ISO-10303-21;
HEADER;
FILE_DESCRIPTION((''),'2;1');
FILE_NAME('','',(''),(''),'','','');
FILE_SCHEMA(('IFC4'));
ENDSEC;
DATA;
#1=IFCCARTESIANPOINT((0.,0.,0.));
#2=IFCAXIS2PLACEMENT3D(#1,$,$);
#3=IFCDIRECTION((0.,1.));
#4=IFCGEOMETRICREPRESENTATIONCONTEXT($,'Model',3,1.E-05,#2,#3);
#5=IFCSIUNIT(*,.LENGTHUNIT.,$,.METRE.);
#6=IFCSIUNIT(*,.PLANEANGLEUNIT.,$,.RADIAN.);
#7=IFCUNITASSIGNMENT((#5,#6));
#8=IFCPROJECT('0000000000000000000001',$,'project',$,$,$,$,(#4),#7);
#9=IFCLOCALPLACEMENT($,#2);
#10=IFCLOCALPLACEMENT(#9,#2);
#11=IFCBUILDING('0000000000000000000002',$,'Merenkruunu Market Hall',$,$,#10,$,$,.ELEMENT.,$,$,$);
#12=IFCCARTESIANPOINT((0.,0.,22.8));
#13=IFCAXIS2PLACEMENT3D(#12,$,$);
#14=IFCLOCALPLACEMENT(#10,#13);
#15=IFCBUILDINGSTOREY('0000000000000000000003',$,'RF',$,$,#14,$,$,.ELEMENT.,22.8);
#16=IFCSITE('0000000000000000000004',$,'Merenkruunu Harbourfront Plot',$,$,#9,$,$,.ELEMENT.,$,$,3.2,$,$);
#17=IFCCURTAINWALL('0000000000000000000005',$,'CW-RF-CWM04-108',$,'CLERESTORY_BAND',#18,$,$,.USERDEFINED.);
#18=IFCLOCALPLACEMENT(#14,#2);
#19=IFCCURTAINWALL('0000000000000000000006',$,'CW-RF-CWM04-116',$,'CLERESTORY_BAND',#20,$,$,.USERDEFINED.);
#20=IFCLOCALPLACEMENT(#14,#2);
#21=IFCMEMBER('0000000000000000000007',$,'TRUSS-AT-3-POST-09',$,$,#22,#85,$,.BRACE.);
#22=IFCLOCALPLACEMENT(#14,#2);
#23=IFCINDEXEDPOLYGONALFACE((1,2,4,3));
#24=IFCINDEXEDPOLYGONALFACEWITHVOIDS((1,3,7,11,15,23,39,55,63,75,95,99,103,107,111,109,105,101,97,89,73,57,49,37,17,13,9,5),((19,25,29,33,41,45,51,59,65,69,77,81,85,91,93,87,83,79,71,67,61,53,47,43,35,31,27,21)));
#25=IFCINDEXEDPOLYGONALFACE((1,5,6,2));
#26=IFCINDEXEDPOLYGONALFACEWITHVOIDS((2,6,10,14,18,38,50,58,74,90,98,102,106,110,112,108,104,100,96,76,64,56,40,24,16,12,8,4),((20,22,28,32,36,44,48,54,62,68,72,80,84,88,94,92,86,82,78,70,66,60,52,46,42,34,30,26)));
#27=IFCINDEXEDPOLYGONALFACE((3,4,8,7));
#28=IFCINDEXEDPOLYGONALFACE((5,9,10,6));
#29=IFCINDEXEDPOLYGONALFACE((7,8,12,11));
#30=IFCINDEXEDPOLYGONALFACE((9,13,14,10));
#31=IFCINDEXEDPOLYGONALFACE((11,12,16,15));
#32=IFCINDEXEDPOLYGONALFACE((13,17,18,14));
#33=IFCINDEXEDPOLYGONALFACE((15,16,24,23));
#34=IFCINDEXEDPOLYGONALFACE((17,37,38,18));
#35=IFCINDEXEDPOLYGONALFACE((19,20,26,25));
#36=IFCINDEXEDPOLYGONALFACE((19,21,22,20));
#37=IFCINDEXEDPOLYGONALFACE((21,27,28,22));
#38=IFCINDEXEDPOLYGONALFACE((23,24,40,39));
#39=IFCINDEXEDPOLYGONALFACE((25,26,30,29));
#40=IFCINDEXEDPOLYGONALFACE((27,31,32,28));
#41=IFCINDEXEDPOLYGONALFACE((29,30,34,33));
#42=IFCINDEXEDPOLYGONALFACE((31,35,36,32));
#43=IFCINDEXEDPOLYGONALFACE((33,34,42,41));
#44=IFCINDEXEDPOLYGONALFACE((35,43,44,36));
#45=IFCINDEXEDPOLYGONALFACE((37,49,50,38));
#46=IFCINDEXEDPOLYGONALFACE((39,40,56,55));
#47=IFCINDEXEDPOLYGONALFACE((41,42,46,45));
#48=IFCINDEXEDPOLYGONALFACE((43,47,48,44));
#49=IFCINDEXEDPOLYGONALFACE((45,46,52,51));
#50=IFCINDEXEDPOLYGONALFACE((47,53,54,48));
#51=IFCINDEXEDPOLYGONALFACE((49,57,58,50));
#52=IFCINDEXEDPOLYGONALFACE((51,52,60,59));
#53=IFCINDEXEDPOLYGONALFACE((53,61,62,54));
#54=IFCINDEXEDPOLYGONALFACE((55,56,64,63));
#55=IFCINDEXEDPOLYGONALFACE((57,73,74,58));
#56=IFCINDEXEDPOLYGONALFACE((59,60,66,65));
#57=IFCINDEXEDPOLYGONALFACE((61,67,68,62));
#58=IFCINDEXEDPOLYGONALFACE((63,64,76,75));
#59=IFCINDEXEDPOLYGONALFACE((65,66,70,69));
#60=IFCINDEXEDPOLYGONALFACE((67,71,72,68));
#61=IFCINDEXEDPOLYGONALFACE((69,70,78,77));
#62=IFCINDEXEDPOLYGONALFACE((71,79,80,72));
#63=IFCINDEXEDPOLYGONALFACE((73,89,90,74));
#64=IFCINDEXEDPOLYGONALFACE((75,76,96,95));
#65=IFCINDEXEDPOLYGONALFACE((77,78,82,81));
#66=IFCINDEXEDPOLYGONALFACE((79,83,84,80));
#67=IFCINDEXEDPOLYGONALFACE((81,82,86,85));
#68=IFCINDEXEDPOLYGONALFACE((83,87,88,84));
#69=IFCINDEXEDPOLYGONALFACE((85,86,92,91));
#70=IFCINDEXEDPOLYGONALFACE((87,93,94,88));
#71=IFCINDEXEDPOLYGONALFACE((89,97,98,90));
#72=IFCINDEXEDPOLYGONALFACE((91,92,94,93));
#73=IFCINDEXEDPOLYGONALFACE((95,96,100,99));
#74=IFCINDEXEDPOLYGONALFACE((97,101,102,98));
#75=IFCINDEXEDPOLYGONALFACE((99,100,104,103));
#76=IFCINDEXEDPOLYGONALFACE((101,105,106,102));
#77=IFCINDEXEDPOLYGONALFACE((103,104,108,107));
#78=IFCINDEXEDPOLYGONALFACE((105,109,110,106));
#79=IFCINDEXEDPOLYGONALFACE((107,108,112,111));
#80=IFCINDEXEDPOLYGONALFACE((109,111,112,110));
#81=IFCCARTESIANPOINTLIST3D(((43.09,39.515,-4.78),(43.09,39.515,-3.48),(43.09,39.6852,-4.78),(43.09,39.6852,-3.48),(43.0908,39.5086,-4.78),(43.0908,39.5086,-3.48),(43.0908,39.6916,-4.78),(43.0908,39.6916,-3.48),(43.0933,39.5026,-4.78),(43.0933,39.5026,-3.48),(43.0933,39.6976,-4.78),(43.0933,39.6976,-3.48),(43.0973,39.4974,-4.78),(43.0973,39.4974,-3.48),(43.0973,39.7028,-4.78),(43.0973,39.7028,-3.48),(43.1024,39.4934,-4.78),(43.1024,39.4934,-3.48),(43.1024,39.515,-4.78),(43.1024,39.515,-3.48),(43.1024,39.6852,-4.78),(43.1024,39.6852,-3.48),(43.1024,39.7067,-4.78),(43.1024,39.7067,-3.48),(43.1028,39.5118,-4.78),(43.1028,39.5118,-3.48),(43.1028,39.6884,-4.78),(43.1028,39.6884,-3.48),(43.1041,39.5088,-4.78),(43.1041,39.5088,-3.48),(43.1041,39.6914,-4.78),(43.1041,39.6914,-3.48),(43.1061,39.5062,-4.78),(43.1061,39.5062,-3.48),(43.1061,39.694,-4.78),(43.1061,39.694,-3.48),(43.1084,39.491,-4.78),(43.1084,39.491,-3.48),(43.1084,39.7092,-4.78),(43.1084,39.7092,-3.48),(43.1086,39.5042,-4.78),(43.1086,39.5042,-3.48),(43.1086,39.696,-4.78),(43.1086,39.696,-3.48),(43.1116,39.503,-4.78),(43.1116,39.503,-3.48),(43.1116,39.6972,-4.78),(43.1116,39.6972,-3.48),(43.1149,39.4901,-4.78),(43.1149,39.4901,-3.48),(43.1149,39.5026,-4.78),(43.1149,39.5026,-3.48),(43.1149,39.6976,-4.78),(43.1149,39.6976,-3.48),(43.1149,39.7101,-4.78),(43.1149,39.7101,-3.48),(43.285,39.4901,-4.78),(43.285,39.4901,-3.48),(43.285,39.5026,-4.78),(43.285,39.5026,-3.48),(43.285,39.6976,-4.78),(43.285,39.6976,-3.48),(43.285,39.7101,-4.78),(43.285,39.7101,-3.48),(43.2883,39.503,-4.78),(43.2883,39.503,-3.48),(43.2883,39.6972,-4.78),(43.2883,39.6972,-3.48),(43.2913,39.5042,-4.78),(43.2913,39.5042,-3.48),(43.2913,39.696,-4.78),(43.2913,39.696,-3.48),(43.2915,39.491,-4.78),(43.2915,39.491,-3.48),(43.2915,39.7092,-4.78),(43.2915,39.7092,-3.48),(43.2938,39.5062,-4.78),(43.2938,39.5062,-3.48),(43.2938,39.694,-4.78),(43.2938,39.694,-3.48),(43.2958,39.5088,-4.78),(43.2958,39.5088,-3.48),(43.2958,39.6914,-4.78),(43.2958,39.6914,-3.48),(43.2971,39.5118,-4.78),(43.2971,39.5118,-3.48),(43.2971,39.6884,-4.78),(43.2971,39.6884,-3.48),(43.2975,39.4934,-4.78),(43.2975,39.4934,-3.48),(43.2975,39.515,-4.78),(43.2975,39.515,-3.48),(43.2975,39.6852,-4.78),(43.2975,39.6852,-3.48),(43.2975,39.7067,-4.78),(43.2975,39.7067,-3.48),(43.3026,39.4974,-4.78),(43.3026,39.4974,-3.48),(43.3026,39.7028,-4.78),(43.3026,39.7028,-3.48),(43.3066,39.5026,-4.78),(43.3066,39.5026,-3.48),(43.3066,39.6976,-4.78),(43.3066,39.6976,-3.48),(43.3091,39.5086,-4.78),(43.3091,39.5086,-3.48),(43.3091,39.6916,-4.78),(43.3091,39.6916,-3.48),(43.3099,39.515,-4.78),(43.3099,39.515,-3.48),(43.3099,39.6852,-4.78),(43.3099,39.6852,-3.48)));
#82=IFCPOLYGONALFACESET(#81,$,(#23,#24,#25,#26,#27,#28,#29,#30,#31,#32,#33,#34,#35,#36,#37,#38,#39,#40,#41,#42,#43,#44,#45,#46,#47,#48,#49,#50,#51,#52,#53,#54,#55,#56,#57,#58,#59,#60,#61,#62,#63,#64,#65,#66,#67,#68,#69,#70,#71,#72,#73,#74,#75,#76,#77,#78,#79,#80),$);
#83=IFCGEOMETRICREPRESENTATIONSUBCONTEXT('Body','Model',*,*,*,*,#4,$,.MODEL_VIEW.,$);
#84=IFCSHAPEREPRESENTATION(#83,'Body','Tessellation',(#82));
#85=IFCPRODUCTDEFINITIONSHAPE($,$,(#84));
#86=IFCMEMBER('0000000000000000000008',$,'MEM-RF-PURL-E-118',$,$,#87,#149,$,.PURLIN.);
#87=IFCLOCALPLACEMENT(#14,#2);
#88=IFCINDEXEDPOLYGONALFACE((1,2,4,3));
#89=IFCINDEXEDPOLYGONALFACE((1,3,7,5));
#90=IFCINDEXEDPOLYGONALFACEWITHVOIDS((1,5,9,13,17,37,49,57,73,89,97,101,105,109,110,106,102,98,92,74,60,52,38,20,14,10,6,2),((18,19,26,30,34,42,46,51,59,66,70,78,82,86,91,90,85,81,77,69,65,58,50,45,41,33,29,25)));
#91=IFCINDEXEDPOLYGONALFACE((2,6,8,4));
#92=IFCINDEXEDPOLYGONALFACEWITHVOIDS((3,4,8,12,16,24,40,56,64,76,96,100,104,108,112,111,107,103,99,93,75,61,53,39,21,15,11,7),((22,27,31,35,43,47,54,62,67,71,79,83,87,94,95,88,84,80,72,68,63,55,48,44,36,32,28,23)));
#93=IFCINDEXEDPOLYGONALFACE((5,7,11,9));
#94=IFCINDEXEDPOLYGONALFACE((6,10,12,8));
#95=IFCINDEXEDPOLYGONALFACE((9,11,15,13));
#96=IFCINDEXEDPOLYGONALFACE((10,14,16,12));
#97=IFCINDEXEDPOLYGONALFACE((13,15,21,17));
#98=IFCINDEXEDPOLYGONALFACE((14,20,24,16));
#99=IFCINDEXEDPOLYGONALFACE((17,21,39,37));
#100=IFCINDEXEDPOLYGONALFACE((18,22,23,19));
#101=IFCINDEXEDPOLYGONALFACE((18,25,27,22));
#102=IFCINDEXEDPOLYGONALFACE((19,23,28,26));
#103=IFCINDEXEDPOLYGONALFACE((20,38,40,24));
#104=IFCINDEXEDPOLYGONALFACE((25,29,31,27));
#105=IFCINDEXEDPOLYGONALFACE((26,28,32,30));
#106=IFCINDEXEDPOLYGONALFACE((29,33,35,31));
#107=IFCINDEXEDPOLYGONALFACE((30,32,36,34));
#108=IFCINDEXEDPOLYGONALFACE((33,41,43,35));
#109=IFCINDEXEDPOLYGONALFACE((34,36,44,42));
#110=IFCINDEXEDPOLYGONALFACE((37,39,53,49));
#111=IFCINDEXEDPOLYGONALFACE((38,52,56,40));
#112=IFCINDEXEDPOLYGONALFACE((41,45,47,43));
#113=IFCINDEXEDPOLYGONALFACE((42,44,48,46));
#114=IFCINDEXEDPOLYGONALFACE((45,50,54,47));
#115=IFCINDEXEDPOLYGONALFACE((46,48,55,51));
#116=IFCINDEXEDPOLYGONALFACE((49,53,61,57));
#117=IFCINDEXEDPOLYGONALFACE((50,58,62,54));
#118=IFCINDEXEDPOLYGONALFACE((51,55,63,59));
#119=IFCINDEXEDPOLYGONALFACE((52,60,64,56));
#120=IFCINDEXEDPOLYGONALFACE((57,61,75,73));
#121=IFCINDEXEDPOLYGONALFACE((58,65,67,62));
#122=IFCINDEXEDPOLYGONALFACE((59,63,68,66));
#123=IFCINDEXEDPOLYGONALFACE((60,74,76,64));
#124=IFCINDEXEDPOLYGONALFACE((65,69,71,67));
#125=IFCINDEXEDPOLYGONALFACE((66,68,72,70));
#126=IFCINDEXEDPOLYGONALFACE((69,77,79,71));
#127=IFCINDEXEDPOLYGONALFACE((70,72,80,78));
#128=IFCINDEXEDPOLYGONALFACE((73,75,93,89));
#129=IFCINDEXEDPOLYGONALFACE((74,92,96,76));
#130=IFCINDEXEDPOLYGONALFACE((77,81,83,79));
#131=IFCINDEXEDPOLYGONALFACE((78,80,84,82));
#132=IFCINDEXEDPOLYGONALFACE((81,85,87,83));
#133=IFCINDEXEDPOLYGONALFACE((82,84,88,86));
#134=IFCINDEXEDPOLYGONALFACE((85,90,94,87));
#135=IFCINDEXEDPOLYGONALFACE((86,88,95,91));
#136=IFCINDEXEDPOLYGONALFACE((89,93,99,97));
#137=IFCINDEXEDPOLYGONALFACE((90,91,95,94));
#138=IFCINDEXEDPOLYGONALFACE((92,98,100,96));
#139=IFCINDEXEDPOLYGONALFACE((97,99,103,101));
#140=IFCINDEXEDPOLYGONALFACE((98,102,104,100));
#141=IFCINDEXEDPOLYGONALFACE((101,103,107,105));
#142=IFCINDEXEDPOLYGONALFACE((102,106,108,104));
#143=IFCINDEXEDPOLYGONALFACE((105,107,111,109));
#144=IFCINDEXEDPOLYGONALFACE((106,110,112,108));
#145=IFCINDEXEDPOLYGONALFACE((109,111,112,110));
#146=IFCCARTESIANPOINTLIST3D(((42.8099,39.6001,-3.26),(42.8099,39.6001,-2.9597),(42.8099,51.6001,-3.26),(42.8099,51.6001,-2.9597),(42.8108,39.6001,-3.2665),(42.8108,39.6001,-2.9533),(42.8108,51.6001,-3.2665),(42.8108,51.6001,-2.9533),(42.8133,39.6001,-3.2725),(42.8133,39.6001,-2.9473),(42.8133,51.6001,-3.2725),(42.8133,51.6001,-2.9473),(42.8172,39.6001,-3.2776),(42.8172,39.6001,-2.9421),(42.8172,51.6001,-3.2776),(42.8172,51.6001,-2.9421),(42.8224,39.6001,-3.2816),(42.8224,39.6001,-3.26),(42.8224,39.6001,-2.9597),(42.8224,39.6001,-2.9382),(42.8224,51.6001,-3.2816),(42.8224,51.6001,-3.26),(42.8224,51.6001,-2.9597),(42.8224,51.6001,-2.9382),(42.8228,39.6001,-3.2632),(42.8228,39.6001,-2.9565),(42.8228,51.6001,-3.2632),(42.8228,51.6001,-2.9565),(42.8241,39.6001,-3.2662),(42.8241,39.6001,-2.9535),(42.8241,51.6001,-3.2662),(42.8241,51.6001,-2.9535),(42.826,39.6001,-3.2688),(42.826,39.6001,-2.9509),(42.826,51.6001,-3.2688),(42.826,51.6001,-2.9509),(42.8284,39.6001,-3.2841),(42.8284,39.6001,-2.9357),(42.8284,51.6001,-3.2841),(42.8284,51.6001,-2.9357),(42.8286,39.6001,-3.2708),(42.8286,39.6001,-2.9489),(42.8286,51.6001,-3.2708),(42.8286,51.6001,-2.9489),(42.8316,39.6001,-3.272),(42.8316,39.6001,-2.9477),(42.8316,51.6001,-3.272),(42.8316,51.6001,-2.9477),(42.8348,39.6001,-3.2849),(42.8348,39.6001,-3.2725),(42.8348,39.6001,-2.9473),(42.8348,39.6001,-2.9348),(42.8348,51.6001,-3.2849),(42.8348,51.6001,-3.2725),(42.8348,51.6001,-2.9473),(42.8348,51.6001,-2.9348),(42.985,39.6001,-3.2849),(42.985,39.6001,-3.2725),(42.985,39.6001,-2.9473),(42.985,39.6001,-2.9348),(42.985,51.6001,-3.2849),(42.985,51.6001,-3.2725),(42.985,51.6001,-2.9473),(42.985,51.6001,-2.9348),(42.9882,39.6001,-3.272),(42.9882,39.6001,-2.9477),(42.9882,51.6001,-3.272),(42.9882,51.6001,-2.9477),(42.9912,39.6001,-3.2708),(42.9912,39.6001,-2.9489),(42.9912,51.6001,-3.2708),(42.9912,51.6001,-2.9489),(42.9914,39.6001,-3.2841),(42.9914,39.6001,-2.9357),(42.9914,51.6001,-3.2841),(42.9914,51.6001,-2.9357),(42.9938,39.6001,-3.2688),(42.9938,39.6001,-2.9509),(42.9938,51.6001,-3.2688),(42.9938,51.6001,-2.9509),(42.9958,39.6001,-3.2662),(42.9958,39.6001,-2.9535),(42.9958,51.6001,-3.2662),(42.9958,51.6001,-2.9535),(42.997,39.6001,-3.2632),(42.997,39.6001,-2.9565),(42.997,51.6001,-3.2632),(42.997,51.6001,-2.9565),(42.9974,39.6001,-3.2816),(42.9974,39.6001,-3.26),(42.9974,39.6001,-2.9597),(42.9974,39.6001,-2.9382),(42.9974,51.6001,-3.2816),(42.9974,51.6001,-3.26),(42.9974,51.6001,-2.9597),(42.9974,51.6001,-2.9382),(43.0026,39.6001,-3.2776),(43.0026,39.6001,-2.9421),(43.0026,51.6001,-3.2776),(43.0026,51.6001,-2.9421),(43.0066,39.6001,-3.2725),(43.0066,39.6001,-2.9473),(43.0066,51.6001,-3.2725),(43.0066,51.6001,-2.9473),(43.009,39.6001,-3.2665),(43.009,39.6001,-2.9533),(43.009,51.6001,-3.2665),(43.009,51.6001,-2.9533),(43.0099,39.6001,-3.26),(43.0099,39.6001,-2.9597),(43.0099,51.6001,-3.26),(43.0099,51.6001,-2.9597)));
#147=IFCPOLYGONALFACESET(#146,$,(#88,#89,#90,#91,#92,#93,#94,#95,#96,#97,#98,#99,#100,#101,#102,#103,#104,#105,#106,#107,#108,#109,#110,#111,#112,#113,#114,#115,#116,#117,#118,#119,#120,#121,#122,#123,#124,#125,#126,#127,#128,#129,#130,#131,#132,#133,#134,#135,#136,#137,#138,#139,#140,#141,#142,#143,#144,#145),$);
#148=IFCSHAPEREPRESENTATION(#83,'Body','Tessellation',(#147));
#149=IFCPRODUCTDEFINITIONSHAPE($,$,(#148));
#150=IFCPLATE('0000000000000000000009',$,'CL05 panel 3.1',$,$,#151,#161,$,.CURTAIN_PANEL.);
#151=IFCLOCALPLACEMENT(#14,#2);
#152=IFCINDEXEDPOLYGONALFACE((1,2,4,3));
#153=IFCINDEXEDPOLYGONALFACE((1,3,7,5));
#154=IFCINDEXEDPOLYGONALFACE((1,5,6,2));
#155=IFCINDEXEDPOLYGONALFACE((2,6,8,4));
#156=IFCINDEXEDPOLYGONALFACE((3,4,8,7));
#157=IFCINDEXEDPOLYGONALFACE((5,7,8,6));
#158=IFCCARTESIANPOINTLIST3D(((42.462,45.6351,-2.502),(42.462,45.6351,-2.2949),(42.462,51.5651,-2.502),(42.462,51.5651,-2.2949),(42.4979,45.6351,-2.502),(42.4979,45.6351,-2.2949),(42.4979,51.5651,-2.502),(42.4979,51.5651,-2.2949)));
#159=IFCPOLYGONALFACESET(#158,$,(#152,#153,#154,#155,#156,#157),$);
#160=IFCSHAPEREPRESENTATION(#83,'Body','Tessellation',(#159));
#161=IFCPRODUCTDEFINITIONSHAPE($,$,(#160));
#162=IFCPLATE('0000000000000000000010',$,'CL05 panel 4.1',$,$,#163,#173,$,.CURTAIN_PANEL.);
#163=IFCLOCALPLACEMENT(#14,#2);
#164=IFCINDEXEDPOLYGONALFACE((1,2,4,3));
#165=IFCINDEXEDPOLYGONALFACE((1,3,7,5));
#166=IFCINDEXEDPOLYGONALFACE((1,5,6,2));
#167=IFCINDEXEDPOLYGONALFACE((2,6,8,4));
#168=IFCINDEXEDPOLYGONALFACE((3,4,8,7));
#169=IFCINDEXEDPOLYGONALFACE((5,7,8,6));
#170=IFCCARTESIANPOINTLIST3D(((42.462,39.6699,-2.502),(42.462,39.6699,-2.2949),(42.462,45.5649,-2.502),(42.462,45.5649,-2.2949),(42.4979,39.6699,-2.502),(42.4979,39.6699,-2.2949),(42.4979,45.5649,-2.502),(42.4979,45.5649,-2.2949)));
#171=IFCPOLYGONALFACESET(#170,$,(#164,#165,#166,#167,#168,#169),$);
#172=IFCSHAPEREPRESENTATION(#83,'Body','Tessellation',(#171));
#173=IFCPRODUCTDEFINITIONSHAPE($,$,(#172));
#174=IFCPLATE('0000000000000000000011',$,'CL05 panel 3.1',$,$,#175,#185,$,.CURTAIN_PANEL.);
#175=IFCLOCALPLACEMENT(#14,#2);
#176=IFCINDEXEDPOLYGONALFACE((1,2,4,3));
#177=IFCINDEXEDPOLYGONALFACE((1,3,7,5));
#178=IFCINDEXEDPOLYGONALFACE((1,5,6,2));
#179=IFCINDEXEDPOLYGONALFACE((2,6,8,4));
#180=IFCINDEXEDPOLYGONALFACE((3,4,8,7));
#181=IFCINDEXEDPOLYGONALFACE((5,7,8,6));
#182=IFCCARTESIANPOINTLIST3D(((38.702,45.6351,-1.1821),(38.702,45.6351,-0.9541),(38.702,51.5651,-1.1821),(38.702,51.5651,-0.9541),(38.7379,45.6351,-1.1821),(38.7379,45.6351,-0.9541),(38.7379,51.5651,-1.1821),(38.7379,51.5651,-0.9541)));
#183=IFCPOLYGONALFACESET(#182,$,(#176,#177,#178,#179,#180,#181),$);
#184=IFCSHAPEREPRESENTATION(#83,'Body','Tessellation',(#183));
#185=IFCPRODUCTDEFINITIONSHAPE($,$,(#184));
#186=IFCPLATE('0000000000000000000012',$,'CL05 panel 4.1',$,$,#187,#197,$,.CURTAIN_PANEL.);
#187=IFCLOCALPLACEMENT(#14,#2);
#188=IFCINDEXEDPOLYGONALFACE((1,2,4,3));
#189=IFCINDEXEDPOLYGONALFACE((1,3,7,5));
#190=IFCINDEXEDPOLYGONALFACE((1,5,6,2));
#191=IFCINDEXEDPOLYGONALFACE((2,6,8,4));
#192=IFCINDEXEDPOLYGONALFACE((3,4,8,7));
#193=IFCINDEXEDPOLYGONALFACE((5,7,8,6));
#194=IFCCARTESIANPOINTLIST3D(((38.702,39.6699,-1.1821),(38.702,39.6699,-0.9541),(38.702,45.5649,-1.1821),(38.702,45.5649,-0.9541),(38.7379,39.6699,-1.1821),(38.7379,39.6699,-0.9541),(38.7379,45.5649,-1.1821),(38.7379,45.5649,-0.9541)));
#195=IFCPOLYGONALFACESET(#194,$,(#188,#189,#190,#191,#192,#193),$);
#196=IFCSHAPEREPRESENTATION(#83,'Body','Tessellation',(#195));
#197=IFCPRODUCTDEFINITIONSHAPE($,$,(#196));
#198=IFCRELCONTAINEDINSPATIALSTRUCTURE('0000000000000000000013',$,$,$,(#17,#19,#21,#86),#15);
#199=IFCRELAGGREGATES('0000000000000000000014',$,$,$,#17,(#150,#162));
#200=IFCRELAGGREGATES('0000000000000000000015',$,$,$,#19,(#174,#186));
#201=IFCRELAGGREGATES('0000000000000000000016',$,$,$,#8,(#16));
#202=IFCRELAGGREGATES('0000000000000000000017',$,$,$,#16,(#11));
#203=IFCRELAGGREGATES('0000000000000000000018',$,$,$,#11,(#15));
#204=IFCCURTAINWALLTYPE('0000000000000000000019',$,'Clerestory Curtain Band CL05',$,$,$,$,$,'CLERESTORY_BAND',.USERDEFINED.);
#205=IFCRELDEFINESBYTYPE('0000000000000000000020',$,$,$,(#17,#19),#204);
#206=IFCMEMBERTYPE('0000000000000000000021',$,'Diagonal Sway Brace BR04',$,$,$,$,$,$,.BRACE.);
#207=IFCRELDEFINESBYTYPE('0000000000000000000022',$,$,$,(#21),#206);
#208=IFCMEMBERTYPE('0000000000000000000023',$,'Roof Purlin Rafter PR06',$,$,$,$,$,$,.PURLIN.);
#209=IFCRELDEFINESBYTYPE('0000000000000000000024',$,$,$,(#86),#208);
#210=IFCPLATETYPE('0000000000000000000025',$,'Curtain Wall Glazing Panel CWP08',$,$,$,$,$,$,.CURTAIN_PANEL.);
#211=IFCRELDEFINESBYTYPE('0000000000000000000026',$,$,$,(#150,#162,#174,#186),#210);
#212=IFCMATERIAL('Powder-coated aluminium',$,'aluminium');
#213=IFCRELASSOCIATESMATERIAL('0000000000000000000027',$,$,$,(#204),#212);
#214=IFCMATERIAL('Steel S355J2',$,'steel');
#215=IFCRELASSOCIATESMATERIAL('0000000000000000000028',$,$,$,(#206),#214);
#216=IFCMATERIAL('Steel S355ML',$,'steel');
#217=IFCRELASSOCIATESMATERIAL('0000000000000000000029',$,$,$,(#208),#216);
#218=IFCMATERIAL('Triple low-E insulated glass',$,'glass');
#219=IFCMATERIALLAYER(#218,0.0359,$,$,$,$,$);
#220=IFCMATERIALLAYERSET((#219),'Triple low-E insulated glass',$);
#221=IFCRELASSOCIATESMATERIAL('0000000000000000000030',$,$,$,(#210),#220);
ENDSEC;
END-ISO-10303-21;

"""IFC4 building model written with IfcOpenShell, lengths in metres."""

from ifc_helpers import new_model, si_unit, direction, frame, origin, origin_2d, place, context, subcontext, project, spatial, rectangle, hollow_rectangle, extrude, material, layer, layer_set, material_profile, profile_set, type_object, element, aggregate, save


model = new_model("IFC4")

# Units and contexts
model_context = context("Model", 3, precision=1e-05, world=origin(), true_north=direction((0.0, 1.0)))
body_context = subcontext(model_context, "Body", "Model", "MODEL_VIEW")
ifc_project = project(units=[si_unit("LENGTHUNIT", "METRE"), si_unit("PLANEANGLEUNIT", "RADIAN")], contexts=[model_context])

# Site, building, storey
site_placement = place(None, origin())
site = spatial("IfcSite", under=ifc_project, at=site_placement, Name="Merenkruunu Harbourfront Plot", CompositionType="ELEMENT", RefElevation=3.2)
building_placement = place(site_placement, origin())
building = spatial("IfcBuilding", under=site, at=building_placement, Name="Merenkruunu Market Hall", CompositionType="ELEMENT")
storey_placement = place(building_placement, frame((0.0, 0.0, 22.8)))
storey = spatial("IfcBuildingStorey", under=building, at=storey_placement, Name="RF", CompositionType="ELEMENT", Elevation=22.8)

# Shared definitions
ifc_material_1 = material(Name="Steel S355ML", Category="steel")

# Curtain walls
ifc_material_2 = material(Name="Powder-coated aluminium", Category="aluminium")
curtain_wall_type = type_object("IfcCurtainWallType", Name="Clerestory Curtain Band CL05", ElementType="CLERESTORY_BAND", PredefinedType="USERDEFINED", material=ifc_material_2)
curtain_wall_1_placement = place(storey_placement, origin())
curtain_wall_1 = element("IfcCurtainWall", 1, at=curtain_wall_1_placement, inside=storey, type_object=curtain_wall_type, Name="CW-RF-CWM04-108", ObjectType="CLERESTORY_BAND", PredefinedType="USERDEFINED")
curtain_wall_2_placement = place(storey_placement, origin())
curtain_wall_2 = element("IfcCurtainWall", 2, at=curtain_wall_2_placement, inside=storey, type_object=curtain_wall_type, Name="CW-RF-CWM04-116", ObjectType="CLERESTORY_BAND", PredefinedType="USERDEFINED")

# Members
ifc_material_3 = material(Name="Steel S355J2", Category="steel")
ifc_material_profile_1 = material_profile(ifc_material_3, hollow_rectangle(XDim=0.22, YDim=0.22, WallThickness=0.0125, InnerFilletRadius=0.0125, OuterFilletRadius=0.0249, at=origin_2d()), Name="SHS 220x220x12.5")
ifc_profile_set_1 = profile_set([ifc_material_profile_1], Name="Steel S355J2")
member_type_1 = type_object("IfcMemberType", Name="Diagonal Sway Brace BR04", PredefinedType="BRACE", material=ifc_profile_set_1)
member_1_placement = place(storey_placement, frame((43.2, 39.6001, -4.78), z_axis=(0.0, 0.0, 1.0), x_axis=(1.0, 0.0, 0.0)))
element("IfcMember", 3, at=member_1_placement, inside=storey, type_object=member_type_1, Name="TRUSS-AT-3-POST-09", PredefinedType="BRACE", context=body_context, shape_type="SweptSolid", body=[
    extrude(hollow_rectangle(XDim=0.22, YDim=0.22, WallThickness=0.0125, InnerFilletRadius=0.0125, OuterFilletRadius=0.0249, at=origin_2d()), origin(), (0.0, 0.0, 1.0), 1.3),
])
ifc_material_profile_2 = material_profile(ifc_material_1, hollow_rectangle(XDim=0.2, YDim=0.3501, WallThickness=0.0125, InnerFilletRadius=0.0125, OuterFilletRadius=0.0249, at=origin_2d()), Name="RHS 350x200x12.5")
ifc_profile_set_2 = profile_set([ifc_material_profile_2], Name="Steel S355ML")
member_type_2 = type_object("IfcMemberType", Name="Roof Purlin Rafter PR06", PredefinedType="PURLIN", material=ifc_profile_set_2)
member_2_placement = place(storey_placement, frame((42.9099, 39.6001, -3.1099), z_axis=(0.0, 1.0, 0.0), x_axis=(-1.0, 0.0, 0.0)))
element("IfcMember", 4, at=member_2_placement, inside=storey, type_object=member_type_2, Name="MEM-RF-PURL-E-118", PredefinedType="PURLIN", context=body_context, shape_type="SweptSolid", body=[
    extrude(hollow_rectangle(XDim=0.2, YDim=0.3501, WallThickness=0.0125, InnerFilletRadius=0.0125, OuterFilletRadius=0.0249, at=origin_2d()), origin(), (0.0, 0.0, 1.0), 12.0),
])

# Plates
ifc_material_4 = material(Name="Triple low-E insulated glass", Category="glass")
ifc_layer_1 = layer(ifc_material_4, 0.0359)
ifc_layer_set_1 = layer_set([ifc_layer_1], Name="Triple low-E insulated glass")
plate_type_1 = type_object("IfcPlateType", Name="Curtain Wall Glazing Panel CWP08", PredefinedType="CURTAIN_PANEL", material=ifc_layer_set_1)
plate_1_placement = place(storey_placement, frame((42.48, 48.6001, -2.502), z_axis=(0.0, 0.0, 1.0), x_axis=(0.0, -1.0, 0.0)))
plate_1 = element("IfcPlate", 5, at=plate_1_placement, type_object=plate_type_1, Name="CL05 panel 3.1", PredefinedType="CURTAIN_PANEL", context=body_context, shape_type="SweptSolid", body=[
    extrude(rectangle(XDim=5.9299, YDim=0.0359, at=origin_2d()), origin(), (0.0, 0.0, 1.0), 0.207),
])
plate_2_placement = place(storey_placement, frame((42.48, 42.6174, -2.502), z_axis=(0.0, 0.0, 1.0), x_axis=(0.0, -1.0, 0.0)))
plate_2 = element("IfcPlate", 6, at=plate_2_placement, type_object=plate_type_1, Name="CL05 panel 4.1", PredefinedType="CURTAIN_PANEL", context=body_context, shape_type="SweptSolid", body=[
    extrude(rectangle(XDim=5.895, YDim=0.0359, at=origin_2d()), origin(), (0.0, 0.0, 1.0), 0.207),
])
aggregate(curtain_wall_1, [plate_1, plate_2])
plate_3_placement = place(storey_placement, frame((38.72, 48.6001, -1.1821), z_axis=(0.0, 0.0, 1.0), x_axis=(0.0, -1.0, 0.0)))
plate_3 = element("IfcPlate", 7, at=plate_3_placement, type_object=plate_type_1, Name="CL05 panel 3.1", PredefinedType="CURTAIN_PANEL", context=body_context, shape_type="SweptSolid", body=[
    extrude(rectangle(XDim=5.9299, YDim=0.0359, at=origin_2d()), origin(), (0.0, 0.0, 1.0), 0.228),
])
plate_4_placement = place(storey_placement, frame((38.72, 42.6174, -1.1821), z_axis=(0.0, 0.0, 1.0), x_axis=(0.0, -1.0, 0.0)))
plate_4 = element("IfcPlate", 8, at=plate_4_placement, type_object=plate_type_1, Name="CL05 panel 4.1", PredefinedType="CURTAIN_PANEL", context=body_context, shape_type="SweptSolid", body=[
    extrude(rectangle(XDim=5.895, YDim=0.0359, at=origin_2d()), origin(), (0.0, 0.0, 1.0), 0.228),
])
aggregate(curtain_wall_2, [plate_3, plate_4])

save(model, "model.ifc")
